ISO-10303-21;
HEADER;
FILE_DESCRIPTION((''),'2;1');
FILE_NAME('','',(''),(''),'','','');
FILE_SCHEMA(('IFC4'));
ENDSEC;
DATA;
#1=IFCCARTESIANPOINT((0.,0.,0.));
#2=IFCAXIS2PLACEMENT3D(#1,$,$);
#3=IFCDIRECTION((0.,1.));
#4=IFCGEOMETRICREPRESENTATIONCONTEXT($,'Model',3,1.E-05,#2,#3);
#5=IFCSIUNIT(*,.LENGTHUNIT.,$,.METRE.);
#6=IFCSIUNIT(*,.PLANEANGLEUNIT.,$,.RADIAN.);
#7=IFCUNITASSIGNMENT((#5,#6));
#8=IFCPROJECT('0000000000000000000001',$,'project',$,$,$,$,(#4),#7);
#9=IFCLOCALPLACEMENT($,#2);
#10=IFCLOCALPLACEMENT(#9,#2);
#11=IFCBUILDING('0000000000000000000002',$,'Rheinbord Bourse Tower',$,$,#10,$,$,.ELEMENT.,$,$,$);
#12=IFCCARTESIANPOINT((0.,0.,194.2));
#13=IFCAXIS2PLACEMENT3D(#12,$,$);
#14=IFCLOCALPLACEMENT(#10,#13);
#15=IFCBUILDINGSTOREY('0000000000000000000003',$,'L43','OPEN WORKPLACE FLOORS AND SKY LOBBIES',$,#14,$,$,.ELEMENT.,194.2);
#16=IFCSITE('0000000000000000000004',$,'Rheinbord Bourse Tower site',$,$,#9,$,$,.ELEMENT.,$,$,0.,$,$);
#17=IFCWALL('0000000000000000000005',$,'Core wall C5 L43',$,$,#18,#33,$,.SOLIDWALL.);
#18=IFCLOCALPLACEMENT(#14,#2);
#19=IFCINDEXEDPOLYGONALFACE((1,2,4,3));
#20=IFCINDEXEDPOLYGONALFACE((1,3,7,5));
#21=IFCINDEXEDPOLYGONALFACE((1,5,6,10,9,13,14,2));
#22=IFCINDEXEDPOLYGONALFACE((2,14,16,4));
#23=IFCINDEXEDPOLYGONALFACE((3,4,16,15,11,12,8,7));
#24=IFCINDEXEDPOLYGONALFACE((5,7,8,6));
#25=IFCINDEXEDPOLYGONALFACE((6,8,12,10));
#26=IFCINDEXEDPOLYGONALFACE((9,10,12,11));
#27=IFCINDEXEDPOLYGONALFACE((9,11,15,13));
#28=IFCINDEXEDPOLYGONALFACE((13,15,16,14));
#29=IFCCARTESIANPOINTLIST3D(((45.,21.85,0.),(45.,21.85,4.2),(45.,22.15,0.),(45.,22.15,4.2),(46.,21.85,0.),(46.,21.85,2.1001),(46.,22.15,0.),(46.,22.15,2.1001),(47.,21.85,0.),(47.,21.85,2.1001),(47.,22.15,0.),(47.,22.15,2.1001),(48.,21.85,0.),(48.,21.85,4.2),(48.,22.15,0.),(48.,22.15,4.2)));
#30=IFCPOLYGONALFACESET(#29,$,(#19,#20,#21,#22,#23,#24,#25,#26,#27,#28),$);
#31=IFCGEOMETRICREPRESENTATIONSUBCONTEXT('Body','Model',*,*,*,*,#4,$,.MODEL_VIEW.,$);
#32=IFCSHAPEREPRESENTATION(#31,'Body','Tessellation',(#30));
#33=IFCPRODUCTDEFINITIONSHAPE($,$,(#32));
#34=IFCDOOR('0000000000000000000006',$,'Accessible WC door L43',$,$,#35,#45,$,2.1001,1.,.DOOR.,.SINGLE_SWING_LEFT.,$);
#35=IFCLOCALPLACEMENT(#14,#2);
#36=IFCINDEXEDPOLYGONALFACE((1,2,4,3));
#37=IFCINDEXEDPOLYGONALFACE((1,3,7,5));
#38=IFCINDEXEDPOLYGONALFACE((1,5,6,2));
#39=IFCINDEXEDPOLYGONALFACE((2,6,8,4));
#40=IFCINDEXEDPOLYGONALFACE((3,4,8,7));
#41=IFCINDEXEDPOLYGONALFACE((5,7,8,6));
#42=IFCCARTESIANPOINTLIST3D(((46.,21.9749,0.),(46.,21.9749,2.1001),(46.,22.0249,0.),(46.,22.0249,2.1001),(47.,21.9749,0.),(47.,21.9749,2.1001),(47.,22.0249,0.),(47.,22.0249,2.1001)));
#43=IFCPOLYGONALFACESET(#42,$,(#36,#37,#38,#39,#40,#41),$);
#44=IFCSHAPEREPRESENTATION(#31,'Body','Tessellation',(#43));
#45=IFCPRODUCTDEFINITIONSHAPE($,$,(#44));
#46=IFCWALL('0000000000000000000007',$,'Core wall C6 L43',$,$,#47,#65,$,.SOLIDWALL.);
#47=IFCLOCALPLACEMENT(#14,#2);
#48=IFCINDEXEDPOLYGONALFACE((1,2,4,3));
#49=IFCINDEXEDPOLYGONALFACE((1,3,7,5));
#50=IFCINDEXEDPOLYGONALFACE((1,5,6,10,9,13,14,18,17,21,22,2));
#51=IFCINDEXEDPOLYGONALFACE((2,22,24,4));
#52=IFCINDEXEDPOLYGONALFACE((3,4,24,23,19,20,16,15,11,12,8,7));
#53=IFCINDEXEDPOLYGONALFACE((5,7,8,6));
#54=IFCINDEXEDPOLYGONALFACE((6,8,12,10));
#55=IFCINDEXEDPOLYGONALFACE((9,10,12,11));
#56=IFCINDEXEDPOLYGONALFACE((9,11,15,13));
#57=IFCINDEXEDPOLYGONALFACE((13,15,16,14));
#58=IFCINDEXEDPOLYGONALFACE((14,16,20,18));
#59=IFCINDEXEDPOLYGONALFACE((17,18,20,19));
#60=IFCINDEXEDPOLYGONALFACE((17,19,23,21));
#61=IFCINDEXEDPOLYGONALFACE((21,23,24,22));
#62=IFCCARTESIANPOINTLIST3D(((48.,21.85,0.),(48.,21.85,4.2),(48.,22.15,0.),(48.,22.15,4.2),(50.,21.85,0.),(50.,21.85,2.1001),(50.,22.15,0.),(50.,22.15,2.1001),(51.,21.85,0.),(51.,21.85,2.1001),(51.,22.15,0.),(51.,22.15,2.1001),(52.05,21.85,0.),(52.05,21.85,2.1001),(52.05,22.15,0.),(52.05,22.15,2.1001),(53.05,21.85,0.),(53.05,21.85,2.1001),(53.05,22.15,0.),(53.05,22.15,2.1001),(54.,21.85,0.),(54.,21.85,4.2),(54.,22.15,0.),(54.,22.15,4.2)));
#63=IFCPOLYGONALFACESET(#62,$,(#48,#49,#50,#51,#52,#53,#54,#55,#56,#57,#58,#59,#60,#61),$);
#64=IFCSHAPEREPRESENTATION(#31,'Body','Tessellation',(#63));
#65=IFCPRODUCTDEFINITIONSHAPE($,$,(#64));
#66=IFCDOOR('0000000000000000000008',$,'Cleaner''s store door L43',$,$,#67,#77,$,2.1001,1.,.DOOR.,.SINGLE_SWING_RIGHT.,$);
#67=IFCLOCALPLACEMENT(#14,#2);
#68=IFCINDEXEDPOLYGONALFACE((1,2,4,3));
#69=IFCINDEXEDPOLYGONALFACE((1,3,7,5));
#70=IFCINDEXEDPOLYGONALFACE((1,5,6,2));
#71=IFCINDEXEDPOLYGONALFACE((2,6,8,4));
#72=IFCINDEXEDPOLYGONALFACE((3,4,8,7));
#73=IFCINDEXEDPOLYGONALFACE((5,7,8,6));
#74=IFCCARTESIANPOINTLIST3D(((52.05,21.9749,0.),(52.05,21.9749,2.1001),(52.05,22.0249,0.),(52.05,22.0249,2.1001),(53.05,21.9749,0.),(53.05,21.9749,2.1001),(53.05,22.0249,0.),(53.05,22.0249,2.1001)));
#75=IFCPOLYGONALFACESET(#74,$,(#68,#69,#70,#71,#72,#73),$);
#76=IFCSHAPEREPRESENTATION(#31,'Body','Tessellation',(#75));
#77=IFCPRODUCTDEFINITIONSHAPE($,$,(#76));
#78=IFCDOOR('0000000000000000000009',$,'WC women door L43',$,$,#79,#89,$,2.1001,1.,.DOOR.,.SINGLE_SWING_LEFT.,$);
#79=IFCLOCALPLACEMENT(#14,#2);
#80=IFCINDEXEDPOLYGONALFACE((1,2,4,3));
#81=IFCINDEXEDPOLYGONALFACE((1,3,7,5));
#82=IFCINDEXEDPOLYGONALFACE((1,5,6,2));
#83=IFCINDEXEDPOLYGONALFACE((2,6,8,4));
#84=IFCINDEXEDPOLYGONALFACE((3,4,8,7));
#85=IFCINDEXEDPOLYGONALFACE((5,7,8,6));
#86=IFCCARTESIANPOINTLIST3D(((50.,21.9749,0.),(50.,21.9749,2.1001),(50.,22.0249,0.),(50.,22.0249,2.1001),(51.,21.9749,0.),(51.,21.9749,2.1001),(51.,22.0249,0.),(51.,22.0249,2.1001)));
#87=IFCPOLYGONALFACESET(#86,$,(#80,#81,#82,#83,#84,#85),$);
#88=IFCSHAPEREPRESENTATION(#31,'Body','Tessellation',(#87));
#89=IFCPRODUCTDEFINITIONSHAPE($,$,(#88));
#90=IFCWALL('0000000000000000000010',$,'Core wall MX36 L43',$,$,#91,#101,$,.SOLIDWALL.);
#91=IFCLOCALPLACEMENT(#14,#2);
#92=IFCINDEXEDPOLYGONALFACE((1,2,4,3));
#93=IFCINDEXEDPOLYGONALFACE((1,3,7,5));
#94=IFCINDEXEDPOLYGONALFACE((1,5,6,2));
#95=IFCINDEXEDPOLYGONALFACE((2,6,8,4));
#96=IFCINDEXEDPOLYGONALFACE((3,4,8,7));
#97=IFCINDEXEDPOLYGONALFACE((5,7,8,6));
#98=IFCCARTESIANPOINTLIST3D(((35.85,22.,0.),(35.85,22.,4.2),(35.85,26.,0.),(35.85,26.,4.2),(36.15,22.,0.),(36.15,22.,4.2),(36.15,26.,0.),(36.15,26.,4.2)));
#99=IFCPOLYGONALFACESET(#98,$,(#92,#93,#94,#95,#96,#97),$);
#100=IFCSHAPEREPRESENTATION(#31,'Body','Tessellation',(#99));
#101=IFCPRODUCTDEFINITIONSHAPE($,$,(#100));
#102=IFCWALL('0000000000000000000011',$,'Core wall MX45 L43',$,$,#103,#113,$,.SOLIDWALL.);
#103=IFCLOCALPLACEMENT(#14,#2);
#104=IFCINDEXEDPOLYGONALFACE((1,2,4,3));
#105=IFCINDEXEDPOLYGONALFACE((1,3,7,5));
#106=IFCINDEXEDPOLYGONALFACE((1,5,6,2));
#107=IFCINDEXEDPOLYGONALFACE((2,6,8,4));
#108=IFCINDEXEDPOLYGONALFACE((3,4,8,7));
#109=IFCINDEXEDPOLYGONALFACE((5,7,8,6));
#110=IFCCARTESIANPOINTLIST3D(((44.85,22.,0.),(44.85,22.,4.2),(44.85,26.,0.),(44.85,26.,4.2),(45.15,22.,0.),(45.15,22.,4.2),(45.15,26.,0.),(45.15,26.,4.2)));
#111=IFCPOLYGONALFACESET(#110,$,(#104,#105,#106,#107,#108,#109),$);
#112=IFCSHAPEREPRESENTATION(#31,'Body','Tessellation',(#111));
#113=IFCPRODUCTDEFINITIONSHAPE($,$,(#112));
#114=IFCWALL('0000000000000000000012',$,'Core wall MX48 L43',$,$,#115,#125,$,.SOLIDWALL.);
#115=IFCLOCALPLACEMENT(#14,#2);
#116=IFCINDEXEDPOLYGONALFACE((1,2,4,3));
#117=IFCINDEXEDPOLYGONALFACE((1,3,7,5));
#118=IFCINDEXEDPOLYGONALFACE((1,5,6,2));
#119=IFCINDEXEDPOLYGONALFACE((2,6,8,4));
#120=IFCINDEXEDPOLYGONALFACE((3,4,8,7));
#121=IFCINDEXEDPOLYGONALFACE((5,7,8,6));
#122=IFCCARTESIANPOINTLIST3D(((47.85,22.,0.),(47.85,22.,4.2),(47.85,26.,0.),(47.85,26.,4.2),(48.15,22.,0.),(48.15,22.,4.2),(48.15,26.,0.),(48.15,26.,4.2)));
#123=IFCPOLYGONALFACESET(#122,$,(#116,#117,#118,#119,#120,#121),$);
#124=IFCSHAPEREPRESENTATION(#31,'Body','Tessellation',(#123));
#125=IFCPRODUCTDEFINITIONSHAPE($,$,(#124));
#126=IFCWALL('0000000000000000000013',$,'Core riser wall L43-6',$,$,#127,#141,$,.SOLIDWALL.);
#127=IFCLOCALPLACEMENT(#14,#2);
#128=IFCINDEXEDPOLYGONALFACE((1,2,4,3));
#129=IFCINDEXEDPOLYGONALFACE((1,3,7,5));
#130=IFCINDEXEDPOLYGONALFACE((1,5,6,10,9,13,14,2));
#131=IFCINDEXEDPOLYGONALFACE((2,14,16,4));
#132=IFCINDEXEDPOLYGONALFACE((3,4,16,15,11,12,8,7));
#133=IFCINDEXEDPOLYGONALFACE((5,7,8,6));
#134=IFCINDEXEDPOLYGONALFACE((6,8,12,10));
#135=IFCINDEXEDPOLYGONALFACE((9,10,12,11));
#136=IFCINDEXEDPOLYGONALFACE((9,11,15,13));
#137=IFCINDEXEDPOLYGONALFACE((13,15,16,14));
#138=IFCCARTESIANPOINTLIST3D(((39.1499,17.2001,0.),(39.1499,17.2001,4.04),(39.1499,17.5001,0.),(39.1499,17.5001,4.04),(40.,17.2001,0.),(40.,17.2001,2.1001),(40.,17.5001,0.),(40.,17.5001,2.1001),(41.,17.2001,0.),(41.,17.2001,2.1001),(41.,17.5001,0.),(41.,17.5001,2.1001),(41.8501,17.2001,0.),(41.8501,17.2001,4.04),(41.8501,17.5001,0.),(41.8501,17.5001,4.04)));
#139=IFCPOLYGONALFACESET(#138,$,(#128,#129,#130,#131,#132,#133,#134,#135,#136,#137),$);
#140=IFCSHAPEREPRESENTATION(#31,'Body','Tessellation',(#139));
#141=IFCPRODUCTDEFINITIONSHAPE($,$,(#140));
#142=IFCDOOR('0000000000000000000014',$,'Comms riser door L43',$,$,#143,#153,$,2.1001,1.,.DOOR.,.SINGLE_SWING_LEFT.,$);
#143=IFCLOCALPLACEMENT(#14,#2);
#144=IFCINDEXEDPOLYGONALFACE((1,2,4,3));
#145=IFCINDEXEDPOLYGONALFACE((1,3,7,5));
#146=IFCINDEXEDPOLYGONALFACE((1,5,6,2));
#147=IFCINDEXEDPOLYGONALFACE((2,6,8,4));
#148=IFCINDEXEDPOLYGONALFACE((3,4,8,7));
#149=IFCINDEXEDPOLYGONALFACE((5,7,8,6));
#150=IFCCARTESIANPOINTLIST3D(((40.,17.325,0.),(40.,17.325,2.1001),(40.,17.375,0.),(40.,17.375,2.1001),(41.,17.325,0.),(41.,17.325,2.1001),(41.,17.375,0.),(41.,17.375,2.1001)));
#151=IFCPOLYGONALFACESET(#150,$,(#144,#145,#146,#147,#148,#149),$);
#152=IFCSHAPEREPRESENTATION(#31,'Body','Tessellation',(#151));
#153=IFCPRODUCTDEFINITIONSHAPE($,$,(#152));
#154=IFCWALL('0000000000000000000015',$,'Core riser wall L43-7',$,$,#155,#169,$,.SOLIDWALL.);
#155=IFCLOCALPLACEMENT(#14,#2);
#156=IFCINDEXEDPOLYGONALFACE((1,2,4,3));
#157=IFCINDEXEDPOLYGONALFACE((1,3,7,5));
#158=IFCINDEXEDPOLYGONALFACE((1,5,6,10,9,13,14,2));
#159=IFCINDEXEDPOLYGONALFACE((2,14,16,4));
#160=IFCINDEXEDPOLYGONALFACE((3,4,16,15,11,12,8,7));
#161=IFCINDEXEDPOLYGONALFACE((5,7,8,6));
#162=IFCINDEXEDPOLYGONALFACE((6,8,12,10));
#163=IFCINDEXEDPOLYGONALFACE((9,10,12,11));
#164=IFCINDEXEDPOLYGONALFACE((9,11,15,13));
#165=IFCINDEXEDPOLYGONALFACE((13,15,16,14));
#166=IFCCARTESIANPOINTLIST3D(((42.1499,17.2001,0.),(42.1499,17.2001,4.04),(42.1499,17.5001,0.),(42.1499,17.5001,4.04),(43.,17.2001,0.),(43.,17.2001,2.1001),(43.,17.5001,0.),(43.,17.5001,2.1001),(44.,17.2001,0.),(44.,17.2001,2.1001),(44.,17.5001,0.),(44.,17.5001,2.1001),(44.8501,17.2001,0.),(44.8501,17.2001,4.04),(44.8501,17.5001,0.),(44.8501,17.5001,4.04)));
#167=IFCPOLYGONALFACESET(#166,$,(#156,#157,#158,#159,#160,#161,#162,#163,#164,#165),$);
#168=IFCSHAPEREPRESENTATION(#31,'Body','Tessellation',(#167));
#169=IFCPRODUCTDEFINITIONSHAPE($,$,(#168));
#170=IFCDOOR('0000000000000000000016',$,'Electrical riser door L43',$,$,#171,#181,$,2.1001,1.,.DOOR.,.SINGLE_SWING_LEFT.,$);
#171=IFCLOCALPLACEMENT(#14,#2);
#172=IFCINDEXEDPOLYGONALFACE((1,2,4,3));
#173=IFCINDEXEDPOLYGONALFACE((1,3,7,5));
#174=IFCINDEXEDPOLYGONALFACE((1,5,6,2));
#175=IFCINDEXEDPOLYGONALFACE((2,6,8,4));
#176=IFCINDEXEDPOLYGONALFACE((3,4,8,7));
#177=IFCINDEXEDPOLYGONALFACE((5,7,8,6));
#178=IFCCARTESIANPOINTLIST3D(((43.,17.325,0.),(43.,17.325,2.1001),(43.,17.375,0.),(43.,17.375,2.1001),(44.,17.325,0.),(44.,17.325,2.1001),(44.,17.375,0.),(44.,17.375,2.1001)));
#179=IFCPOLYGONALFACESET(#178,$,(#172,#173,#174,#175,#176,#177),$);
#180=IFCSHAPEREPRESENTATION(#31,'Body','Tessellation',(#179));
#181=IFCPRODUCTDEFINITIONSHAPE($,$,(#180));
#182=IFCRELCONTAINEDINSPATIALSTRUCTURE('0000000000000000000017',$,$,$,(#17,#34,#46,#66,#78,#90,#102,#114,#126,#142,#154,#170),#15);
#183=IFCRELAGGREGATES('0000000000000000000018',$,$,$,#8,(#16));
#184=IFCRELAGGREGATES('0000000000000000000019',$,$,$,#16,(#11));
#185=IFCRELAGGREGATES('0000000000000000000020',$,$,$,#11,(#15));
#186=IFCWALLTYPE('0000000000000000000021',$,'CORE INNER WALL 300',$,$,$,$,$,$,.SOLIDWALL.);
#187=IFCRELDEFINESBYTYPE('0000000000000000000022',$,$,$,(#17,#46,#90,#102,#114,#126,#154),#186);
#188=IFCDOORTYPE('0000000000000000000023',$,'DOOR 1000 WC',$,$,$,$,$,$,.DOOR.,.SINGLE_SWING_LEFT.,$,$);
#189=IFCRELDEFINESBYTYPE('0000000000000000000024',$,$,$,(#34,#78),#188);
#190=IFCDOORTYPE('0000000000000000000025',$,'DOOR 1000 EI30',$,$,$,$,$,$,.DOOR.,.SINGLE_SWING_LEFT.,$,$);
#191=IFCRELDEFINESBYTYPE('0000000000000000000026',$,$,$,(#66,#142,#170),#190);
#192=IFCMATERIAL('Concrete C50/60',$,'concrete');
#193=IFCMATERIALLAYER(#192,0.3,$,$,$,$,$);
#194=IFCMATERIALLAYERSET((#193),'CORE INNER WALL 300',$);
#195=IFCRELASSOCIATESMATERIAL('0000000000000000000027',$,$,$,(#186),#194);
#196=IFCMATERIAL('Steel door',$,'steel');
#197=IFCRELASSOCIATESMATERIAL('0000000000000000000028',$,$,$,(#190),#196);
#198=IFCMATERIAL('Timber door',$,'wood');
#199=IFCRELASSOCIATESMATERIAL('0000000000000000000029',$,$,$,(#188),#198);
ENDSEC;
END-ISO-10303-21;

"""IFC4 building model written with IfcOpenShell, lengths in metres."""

from ifc_helpers import new_model, si_unit, direction, frame, frame_2d, origin, place, context, subcontext, project, spatial, rectangle, extrude, material, layer, layer_set, type_object, element, fill, save


model = new_model("IFC4")

# Units and contexts
model_context = context("Model", 3, precision=1e-05, world=origin(), true_north=direction((0.0, 1.0)))
body_context = subcontext(model_context, "Body", "Model", "MODEL_VIEW")
ifc_project = project(units=[si_unit("LENGTHUNIT", "METRE"), si_unit("PLANEANGLEUNIT", "RADIAN")], contexts=[model_context])

# Site, building, storey
site_placement = place(None, origin())
site = spatial("IfcSite", under=ifc_project, at=site_placement, Name="Rheinbord Bourse Tower site", CompositionType="ELEMENT", RefElevation=0.0)
building_placement = place(site_placement, origin())
building = spatial("IfcBuilding", under=site, at=building_placement, Name="Rheinbord Bourse Tower", CompositionType="ELEMENT")
storey_placement = place(building_placement, frame((0.0, 0.0, 194.2)))
storey = spatial("IfcBuildingStorey", under=building, at=storey_placement, Name="L43", Description="OPEN WORKPLACE FLOORS AND SKY LOBBIES", CompositionType="ELEMENT", Elevation=194.2)

# Wall, opening, door
ifc_material_1 = material(Name="Concrete C50/60", Category="concrete")
ifc_layer_1 = layer(ifc_material_1, 0.3)
ifc_layer_set_1 = layer_set([ifc_layer_1], Name="CORE INNER WALL 300")
wall_type_1 = type_object("IfcWallType", Name="CORE INNER WALL 300", PredefinedType="SOLIDWALL", material=ifc_layer_set_1)
ifc_material_2 = material(Name="Steel door", Category="steel")
door_type_1 = type_object("IfcDoorType", Name="DOOR 1000 EI30", OperationType="SINGLE_SWING_LEFT", PredefinedType="DOOR", material=ifc_material_2)
wall_1_placement = place(storey_placement, frame((45.0, 22.0, 0.0), z_axis=(0.0, 0.0, 1.0), x_axis=(1.0, 0.0, 0.0)))
wall_1 = element("IfcWall", 1, at=wall_1_placement, inside=storey, type_object=wall_type_1, Name="Core wall C5 L43", PredefinedType="SOLIDWALL", context=body_context, shape_type="SweptSolid", body=[
    extrude(rectangle(XDim=3.0, YDim=0.3, at=frame_2d((1.5, 0.0))), origin(), (0.0, 0.0, 1.0), 4.2),
])
opening_1_placement = place(wall_1_placement, frame((1.0, 0.0, 0.0)))
opening_1 = element("IfcOpeningElement", 2, at=opening_1_placement, cuts=wall_1, PredefinedType="OPENING", context=body_context, shape_type="SweptSolid", body=[
    extrude(rectangle(XDim=1.0, YDim=2.1001, at=frame_2d((0.5, 1.05))), frame((0.0, 0.1599, 0.0), z_axis=(0.0, -1.0, 0.0), x_axis=(1.0, 0.0, 0.0)), (0.0, 0.0, 1.0), 0.3201),
])
ifc_material_3 = material(Name="Timber door", Category="wood")
door_type_2 = type_object("IfcDoorType", Name="DOOR 1000 WC", OperationType="SINGLE_SWING_LEFT", PredefinedType="DOOR", material=ifc_material_3)
door_1_placement = place(opening_1_placement, origin())
door_1 = element("IfcDoor", 3, at=door_1_placement, inside=storey, type_object=door_type_2, Name="Accessible WC door L43", OperationType="SINGLE_SWING_LEFT", OverallHeight=2.1001, OverallWidth=1.0, PredefinedType="DOOR", context=body_context, shape_type="SweptSolid", body=[
    extrude(rectangle(XDim=1.0, YDim=2.1001, at=frame_2d((0.5, 1.05))), frame((0.0, 0.0249, 0.0), z_axis=(0.0, -1.0, 0.0), x_axis=(1.0, 0.0, 0.0)), (0.0, 0.0, 1.0), 0.05),
])
fill(opening_1, door_1)

# Wall, openings, doors
wall_2_placement = place(storey_placement, frame((48.0, 22.0, 0.0), z_axis=(0.0, 0.0, 1.0), x_axis=(1.0, 0.0, 0.0)))
wall_2 = element("IfcWall", 4, at=wall_2_placement, inside=storey, type_object=wall_type_1, Name="Core wall C6 L43", PredefinedType="SOLIDWALL", context=body_context, shape_type="SweptSolid", body=[
    extrude(rectangle(XDim=6.0, YDim=0.3, at=frame_2d((3.0, 0.0))), origin(), (0.0, 0.0, 1.0), 4.2),
])
opening_2_placement = place(wall_2_placement, frame((2.0, 0.0, 0.0)))
opening_2 = element("IfcOpeningElement", 5, at=opening_2_placement, cuts=wall_2, PredefinedType="OPENING", context=body_context, shape_type="SweptSolid", body=[
    extrude(rectangle(XDim=1.0, YDim=2.1001, at=frame_2d((0.5, 1.05))), frame((0.0, 0.1599, 0.0), z_axis=(0.0, -1.0, 0.0), x_axis=(1.0, 0.0, 0.0)), (0.0, 0.0, 1.0), 0.3201),
])
opening_3_placement = place(wall_2_placement, frame((4.05, 0.0, 0.0)))
opening_3 = element("IfcOpeningElement", 6, at=opening_3_placement, cuts=wall_2, PredefinedType="OPENING", context=body_context, shape_type="SweptSolid", body=[
    extrude(rectangle(XDim=1.0, YDim=2.1001, at=frame_2d((0.5, 1.05))), frame((0.0, 0.1599, 0.0), z_axis=(0.0, -1.0, 0.0), x_axis=(1.0, 0.0, 0.0)), (0.0, 0.0, 1.0), 0.3201),
])
door_2_placement = place(opening_3_placement, origin())
door_2 = element("IfcDoor", 7, at=door_2_placement, inside=storey, type_object=door_type_1, Name="Cleaner's store door L43", OperationType="SINGLE_SWING_RIGHT", OverallHeight=2.1001, OverallWidth=1.0, PredefinedType="DOOR", context=body_context, shape_type="SweptSolid", body=[
    extrude(rectangle(XDim=1.0, YDim=2.1001, at=frame_2d((0.5, 1.05))), frame((0.0, 0.0249, 0.0), z_axis=(0.0, -1.0, 0.0), x_axis=(1.0, 0.0, 0.0)), (0.0, 0.0, 1.0), 0.05),
])
fill(opening_3, door_2)
door_3_placement = place(opening_2_placement, origin())
door_3 = element("IfcDoor", 8, at=door_3_placement, inside=storey, type_object=door_type_2, Name="WC women door L43", OperationType="SINGLE_SWING_LEFT", OverallHeight=2.1001, OverallWidth=1.0, PredefinedType="DOOR", context=body_context, shape_type="SweptSolid", body=[
    extrude(rectangle(XDim=1.0, YDim=2.1001, at=frame_2d((0.5, 1.05))), frame((0.0, 0.0249, 0.0), z_axis=(0.0, -1.0, 0.0), x_axis=(1.0, 0.0, 0.0)), (0.0, 0.0, 1.0), 0.05),
])
fill(opening_2, door_3)

# Walls
for number, where, z_axis, x_axis, name in (
    (9, (36.0, 22.0, 0.0), (0.0, 0.0, 1.0), (0.0, 1.0, 0.0), "Core wall MX36 L43"),
    (10, (45.0, 22.0, 0.0), (0.0, 0.0, 1.0), (0.0, 1.0, 0.0), "Core wall MX45 L43"),
    (11, (48.0, 22.0, 0.0), (0.0, 0.0, 1.0), (0.0, 1.0, 0.0), "Core wall MX48 L43"),
):
    element("IfcWall", number, at=place(storey_placement, frame(where, z_axis=z_axis, x_axis=x_axis)), inside=storey, type_object=wall_type_1, Name=name, PredefinedType="SOLIDWALL", context=body_context, shape_type="SweptSolid", body=[
        extrude(rectangle(XDim=4.0, YDim=0.3, at=frame_2d((2.0, 0.0))), origin(), (0.0, 0.0, 1.0), 4.2),
    ])

# Walls, openings, doors
wall_3_placement = place(storey_placement, frame((39.1499, 17.3501, 0.0), z_axis=(0.0, 0.0, 1.0), x_axis=(1.0, 0.0, 0.0)))
wall_3 = element("IfcWall", 12, at=wall_3_placement, inside=storey, type_object=wall_type_1, Name="Core riser wall L43-6", PredefinedType="SOLIDWALL", context=body_context, shape_type="SweptSolid", body=[
    extrude(rectangle(XDim=2.7002, YDim=0.3, at=frame_2d((1.3501, 0.0))), origin(), (0.0, 0.0, 1.0), 4.04),
])
opening_4_placement = place(wall_3_placement, frame((0.8501, 0.0, 0.0)))
opening_4 = element("IfcOpeningElement", 13, at=opening_4_placement, cuts=wall_3, PredefinedType="OPENING", context=body_context, shape_type="SweptSolid", body=[
    extrude(rectangle(XDim=1.0, YDim=2.1001, at=frame_2d((0.5, 1.05))), frame((0.0, 0.1599, 0.0), z_axis=(0.0, -1.0, 0.0), x_axis=(1.0, 0.0, 0.0)), (0.0, 0.0, 1.0), 0.3201),
])
door_4_placement = place(opening_4_placement, origin())
door_4 = element("IfcDoor", 14, at=door_4_placement, inside=storey, type_object=door_type_1, Name="Comms riser door L43", OperationType="SINGLE_SWING_LEFT", OverallHeight=2.1001, OverallWidth=1.0, PredefinedType="DOOR", context=body_context, shape_type="SweptSolid", body=[
    extrude(rectangle(XDim=1.0, YDim=2.1001, at=frame_2d((0.5, 1.05))), frame((0.0, 0.0249, 0.0), z_axis=(0.0, -1.0, 0.0), x_axis=(1.0, 0.0, 0.0)), (0.0, 0.0, 1.0), 0.05),
])
fill(opening_4, door_4)
wall_4_placement = place(storey_placement, frame((42.1499, 17.3501, 0.0), z_axis=(0.0, 0.0, 1.0), x_axis=(1.0, 0.0, 0.0)))
wall_4 = element("IfcWall", 15, at=wall_4_placement, inside=storey, type_object=wall_type_1, Name="Core riser wall L43-7", PredefinedType="SOLIDWALL", context=body_context, shape_type="SweptSolid", body=[
    extrude(rectangle(XDim=2.7002, YDim=0.3, at=frame_2d((1.3501, 0.0))), origin(), (0.0, 0.0, 1.0), 4.04),
])
opening_5_placement = place(wall_4_placement, frame((0.8501, 0.0, 0.0)))
opening_5 = element("IfcOpeningElement", 16, at=opening_5_placement, cuts=wall_4, PredefinedType="OPENING", context=body_context, shape_type="SweptSolid", body=[
    extrude(rectangle(XDim=1.0, YDim=2.1001, at=frame_2d((0.5, 1.05))), frame((0.0, 0.1599, 0.0), z_axis=(0.0, -1.0, 0.0), x_axis=(1.0, 0.0, 0.0)), (0.0, 0.0, 1.0), 0.3201),
])
door_5_placement = place(opening_5_placement, origin())
door_5 = element("IfcDoor", 17, at=door_5_placement, inside=storey, type_object=door_type_1, Name="Electrical riser door L43", OperationType="SINGLE_SWING_LEFT", OverallHeight=2.1001, OverallWidth=1.0, PredefinedType="DOOR", context=body_context, shape_type="SweptSolid", body=[
    extrude(rectangle(XDim=1.0, YDim=2.1001, at=frame_2d((0.5, 1.05))), frame((0.0, 0.0249, 0.0), z_axis=(0.0, -1.0, 0.0), x_axis=(1.0, 0.0, 0.0)), (0.0, 0.0, 1.0), 0.05),
])
fill(opening_5, door_5)

save(model, "model.ifc")
